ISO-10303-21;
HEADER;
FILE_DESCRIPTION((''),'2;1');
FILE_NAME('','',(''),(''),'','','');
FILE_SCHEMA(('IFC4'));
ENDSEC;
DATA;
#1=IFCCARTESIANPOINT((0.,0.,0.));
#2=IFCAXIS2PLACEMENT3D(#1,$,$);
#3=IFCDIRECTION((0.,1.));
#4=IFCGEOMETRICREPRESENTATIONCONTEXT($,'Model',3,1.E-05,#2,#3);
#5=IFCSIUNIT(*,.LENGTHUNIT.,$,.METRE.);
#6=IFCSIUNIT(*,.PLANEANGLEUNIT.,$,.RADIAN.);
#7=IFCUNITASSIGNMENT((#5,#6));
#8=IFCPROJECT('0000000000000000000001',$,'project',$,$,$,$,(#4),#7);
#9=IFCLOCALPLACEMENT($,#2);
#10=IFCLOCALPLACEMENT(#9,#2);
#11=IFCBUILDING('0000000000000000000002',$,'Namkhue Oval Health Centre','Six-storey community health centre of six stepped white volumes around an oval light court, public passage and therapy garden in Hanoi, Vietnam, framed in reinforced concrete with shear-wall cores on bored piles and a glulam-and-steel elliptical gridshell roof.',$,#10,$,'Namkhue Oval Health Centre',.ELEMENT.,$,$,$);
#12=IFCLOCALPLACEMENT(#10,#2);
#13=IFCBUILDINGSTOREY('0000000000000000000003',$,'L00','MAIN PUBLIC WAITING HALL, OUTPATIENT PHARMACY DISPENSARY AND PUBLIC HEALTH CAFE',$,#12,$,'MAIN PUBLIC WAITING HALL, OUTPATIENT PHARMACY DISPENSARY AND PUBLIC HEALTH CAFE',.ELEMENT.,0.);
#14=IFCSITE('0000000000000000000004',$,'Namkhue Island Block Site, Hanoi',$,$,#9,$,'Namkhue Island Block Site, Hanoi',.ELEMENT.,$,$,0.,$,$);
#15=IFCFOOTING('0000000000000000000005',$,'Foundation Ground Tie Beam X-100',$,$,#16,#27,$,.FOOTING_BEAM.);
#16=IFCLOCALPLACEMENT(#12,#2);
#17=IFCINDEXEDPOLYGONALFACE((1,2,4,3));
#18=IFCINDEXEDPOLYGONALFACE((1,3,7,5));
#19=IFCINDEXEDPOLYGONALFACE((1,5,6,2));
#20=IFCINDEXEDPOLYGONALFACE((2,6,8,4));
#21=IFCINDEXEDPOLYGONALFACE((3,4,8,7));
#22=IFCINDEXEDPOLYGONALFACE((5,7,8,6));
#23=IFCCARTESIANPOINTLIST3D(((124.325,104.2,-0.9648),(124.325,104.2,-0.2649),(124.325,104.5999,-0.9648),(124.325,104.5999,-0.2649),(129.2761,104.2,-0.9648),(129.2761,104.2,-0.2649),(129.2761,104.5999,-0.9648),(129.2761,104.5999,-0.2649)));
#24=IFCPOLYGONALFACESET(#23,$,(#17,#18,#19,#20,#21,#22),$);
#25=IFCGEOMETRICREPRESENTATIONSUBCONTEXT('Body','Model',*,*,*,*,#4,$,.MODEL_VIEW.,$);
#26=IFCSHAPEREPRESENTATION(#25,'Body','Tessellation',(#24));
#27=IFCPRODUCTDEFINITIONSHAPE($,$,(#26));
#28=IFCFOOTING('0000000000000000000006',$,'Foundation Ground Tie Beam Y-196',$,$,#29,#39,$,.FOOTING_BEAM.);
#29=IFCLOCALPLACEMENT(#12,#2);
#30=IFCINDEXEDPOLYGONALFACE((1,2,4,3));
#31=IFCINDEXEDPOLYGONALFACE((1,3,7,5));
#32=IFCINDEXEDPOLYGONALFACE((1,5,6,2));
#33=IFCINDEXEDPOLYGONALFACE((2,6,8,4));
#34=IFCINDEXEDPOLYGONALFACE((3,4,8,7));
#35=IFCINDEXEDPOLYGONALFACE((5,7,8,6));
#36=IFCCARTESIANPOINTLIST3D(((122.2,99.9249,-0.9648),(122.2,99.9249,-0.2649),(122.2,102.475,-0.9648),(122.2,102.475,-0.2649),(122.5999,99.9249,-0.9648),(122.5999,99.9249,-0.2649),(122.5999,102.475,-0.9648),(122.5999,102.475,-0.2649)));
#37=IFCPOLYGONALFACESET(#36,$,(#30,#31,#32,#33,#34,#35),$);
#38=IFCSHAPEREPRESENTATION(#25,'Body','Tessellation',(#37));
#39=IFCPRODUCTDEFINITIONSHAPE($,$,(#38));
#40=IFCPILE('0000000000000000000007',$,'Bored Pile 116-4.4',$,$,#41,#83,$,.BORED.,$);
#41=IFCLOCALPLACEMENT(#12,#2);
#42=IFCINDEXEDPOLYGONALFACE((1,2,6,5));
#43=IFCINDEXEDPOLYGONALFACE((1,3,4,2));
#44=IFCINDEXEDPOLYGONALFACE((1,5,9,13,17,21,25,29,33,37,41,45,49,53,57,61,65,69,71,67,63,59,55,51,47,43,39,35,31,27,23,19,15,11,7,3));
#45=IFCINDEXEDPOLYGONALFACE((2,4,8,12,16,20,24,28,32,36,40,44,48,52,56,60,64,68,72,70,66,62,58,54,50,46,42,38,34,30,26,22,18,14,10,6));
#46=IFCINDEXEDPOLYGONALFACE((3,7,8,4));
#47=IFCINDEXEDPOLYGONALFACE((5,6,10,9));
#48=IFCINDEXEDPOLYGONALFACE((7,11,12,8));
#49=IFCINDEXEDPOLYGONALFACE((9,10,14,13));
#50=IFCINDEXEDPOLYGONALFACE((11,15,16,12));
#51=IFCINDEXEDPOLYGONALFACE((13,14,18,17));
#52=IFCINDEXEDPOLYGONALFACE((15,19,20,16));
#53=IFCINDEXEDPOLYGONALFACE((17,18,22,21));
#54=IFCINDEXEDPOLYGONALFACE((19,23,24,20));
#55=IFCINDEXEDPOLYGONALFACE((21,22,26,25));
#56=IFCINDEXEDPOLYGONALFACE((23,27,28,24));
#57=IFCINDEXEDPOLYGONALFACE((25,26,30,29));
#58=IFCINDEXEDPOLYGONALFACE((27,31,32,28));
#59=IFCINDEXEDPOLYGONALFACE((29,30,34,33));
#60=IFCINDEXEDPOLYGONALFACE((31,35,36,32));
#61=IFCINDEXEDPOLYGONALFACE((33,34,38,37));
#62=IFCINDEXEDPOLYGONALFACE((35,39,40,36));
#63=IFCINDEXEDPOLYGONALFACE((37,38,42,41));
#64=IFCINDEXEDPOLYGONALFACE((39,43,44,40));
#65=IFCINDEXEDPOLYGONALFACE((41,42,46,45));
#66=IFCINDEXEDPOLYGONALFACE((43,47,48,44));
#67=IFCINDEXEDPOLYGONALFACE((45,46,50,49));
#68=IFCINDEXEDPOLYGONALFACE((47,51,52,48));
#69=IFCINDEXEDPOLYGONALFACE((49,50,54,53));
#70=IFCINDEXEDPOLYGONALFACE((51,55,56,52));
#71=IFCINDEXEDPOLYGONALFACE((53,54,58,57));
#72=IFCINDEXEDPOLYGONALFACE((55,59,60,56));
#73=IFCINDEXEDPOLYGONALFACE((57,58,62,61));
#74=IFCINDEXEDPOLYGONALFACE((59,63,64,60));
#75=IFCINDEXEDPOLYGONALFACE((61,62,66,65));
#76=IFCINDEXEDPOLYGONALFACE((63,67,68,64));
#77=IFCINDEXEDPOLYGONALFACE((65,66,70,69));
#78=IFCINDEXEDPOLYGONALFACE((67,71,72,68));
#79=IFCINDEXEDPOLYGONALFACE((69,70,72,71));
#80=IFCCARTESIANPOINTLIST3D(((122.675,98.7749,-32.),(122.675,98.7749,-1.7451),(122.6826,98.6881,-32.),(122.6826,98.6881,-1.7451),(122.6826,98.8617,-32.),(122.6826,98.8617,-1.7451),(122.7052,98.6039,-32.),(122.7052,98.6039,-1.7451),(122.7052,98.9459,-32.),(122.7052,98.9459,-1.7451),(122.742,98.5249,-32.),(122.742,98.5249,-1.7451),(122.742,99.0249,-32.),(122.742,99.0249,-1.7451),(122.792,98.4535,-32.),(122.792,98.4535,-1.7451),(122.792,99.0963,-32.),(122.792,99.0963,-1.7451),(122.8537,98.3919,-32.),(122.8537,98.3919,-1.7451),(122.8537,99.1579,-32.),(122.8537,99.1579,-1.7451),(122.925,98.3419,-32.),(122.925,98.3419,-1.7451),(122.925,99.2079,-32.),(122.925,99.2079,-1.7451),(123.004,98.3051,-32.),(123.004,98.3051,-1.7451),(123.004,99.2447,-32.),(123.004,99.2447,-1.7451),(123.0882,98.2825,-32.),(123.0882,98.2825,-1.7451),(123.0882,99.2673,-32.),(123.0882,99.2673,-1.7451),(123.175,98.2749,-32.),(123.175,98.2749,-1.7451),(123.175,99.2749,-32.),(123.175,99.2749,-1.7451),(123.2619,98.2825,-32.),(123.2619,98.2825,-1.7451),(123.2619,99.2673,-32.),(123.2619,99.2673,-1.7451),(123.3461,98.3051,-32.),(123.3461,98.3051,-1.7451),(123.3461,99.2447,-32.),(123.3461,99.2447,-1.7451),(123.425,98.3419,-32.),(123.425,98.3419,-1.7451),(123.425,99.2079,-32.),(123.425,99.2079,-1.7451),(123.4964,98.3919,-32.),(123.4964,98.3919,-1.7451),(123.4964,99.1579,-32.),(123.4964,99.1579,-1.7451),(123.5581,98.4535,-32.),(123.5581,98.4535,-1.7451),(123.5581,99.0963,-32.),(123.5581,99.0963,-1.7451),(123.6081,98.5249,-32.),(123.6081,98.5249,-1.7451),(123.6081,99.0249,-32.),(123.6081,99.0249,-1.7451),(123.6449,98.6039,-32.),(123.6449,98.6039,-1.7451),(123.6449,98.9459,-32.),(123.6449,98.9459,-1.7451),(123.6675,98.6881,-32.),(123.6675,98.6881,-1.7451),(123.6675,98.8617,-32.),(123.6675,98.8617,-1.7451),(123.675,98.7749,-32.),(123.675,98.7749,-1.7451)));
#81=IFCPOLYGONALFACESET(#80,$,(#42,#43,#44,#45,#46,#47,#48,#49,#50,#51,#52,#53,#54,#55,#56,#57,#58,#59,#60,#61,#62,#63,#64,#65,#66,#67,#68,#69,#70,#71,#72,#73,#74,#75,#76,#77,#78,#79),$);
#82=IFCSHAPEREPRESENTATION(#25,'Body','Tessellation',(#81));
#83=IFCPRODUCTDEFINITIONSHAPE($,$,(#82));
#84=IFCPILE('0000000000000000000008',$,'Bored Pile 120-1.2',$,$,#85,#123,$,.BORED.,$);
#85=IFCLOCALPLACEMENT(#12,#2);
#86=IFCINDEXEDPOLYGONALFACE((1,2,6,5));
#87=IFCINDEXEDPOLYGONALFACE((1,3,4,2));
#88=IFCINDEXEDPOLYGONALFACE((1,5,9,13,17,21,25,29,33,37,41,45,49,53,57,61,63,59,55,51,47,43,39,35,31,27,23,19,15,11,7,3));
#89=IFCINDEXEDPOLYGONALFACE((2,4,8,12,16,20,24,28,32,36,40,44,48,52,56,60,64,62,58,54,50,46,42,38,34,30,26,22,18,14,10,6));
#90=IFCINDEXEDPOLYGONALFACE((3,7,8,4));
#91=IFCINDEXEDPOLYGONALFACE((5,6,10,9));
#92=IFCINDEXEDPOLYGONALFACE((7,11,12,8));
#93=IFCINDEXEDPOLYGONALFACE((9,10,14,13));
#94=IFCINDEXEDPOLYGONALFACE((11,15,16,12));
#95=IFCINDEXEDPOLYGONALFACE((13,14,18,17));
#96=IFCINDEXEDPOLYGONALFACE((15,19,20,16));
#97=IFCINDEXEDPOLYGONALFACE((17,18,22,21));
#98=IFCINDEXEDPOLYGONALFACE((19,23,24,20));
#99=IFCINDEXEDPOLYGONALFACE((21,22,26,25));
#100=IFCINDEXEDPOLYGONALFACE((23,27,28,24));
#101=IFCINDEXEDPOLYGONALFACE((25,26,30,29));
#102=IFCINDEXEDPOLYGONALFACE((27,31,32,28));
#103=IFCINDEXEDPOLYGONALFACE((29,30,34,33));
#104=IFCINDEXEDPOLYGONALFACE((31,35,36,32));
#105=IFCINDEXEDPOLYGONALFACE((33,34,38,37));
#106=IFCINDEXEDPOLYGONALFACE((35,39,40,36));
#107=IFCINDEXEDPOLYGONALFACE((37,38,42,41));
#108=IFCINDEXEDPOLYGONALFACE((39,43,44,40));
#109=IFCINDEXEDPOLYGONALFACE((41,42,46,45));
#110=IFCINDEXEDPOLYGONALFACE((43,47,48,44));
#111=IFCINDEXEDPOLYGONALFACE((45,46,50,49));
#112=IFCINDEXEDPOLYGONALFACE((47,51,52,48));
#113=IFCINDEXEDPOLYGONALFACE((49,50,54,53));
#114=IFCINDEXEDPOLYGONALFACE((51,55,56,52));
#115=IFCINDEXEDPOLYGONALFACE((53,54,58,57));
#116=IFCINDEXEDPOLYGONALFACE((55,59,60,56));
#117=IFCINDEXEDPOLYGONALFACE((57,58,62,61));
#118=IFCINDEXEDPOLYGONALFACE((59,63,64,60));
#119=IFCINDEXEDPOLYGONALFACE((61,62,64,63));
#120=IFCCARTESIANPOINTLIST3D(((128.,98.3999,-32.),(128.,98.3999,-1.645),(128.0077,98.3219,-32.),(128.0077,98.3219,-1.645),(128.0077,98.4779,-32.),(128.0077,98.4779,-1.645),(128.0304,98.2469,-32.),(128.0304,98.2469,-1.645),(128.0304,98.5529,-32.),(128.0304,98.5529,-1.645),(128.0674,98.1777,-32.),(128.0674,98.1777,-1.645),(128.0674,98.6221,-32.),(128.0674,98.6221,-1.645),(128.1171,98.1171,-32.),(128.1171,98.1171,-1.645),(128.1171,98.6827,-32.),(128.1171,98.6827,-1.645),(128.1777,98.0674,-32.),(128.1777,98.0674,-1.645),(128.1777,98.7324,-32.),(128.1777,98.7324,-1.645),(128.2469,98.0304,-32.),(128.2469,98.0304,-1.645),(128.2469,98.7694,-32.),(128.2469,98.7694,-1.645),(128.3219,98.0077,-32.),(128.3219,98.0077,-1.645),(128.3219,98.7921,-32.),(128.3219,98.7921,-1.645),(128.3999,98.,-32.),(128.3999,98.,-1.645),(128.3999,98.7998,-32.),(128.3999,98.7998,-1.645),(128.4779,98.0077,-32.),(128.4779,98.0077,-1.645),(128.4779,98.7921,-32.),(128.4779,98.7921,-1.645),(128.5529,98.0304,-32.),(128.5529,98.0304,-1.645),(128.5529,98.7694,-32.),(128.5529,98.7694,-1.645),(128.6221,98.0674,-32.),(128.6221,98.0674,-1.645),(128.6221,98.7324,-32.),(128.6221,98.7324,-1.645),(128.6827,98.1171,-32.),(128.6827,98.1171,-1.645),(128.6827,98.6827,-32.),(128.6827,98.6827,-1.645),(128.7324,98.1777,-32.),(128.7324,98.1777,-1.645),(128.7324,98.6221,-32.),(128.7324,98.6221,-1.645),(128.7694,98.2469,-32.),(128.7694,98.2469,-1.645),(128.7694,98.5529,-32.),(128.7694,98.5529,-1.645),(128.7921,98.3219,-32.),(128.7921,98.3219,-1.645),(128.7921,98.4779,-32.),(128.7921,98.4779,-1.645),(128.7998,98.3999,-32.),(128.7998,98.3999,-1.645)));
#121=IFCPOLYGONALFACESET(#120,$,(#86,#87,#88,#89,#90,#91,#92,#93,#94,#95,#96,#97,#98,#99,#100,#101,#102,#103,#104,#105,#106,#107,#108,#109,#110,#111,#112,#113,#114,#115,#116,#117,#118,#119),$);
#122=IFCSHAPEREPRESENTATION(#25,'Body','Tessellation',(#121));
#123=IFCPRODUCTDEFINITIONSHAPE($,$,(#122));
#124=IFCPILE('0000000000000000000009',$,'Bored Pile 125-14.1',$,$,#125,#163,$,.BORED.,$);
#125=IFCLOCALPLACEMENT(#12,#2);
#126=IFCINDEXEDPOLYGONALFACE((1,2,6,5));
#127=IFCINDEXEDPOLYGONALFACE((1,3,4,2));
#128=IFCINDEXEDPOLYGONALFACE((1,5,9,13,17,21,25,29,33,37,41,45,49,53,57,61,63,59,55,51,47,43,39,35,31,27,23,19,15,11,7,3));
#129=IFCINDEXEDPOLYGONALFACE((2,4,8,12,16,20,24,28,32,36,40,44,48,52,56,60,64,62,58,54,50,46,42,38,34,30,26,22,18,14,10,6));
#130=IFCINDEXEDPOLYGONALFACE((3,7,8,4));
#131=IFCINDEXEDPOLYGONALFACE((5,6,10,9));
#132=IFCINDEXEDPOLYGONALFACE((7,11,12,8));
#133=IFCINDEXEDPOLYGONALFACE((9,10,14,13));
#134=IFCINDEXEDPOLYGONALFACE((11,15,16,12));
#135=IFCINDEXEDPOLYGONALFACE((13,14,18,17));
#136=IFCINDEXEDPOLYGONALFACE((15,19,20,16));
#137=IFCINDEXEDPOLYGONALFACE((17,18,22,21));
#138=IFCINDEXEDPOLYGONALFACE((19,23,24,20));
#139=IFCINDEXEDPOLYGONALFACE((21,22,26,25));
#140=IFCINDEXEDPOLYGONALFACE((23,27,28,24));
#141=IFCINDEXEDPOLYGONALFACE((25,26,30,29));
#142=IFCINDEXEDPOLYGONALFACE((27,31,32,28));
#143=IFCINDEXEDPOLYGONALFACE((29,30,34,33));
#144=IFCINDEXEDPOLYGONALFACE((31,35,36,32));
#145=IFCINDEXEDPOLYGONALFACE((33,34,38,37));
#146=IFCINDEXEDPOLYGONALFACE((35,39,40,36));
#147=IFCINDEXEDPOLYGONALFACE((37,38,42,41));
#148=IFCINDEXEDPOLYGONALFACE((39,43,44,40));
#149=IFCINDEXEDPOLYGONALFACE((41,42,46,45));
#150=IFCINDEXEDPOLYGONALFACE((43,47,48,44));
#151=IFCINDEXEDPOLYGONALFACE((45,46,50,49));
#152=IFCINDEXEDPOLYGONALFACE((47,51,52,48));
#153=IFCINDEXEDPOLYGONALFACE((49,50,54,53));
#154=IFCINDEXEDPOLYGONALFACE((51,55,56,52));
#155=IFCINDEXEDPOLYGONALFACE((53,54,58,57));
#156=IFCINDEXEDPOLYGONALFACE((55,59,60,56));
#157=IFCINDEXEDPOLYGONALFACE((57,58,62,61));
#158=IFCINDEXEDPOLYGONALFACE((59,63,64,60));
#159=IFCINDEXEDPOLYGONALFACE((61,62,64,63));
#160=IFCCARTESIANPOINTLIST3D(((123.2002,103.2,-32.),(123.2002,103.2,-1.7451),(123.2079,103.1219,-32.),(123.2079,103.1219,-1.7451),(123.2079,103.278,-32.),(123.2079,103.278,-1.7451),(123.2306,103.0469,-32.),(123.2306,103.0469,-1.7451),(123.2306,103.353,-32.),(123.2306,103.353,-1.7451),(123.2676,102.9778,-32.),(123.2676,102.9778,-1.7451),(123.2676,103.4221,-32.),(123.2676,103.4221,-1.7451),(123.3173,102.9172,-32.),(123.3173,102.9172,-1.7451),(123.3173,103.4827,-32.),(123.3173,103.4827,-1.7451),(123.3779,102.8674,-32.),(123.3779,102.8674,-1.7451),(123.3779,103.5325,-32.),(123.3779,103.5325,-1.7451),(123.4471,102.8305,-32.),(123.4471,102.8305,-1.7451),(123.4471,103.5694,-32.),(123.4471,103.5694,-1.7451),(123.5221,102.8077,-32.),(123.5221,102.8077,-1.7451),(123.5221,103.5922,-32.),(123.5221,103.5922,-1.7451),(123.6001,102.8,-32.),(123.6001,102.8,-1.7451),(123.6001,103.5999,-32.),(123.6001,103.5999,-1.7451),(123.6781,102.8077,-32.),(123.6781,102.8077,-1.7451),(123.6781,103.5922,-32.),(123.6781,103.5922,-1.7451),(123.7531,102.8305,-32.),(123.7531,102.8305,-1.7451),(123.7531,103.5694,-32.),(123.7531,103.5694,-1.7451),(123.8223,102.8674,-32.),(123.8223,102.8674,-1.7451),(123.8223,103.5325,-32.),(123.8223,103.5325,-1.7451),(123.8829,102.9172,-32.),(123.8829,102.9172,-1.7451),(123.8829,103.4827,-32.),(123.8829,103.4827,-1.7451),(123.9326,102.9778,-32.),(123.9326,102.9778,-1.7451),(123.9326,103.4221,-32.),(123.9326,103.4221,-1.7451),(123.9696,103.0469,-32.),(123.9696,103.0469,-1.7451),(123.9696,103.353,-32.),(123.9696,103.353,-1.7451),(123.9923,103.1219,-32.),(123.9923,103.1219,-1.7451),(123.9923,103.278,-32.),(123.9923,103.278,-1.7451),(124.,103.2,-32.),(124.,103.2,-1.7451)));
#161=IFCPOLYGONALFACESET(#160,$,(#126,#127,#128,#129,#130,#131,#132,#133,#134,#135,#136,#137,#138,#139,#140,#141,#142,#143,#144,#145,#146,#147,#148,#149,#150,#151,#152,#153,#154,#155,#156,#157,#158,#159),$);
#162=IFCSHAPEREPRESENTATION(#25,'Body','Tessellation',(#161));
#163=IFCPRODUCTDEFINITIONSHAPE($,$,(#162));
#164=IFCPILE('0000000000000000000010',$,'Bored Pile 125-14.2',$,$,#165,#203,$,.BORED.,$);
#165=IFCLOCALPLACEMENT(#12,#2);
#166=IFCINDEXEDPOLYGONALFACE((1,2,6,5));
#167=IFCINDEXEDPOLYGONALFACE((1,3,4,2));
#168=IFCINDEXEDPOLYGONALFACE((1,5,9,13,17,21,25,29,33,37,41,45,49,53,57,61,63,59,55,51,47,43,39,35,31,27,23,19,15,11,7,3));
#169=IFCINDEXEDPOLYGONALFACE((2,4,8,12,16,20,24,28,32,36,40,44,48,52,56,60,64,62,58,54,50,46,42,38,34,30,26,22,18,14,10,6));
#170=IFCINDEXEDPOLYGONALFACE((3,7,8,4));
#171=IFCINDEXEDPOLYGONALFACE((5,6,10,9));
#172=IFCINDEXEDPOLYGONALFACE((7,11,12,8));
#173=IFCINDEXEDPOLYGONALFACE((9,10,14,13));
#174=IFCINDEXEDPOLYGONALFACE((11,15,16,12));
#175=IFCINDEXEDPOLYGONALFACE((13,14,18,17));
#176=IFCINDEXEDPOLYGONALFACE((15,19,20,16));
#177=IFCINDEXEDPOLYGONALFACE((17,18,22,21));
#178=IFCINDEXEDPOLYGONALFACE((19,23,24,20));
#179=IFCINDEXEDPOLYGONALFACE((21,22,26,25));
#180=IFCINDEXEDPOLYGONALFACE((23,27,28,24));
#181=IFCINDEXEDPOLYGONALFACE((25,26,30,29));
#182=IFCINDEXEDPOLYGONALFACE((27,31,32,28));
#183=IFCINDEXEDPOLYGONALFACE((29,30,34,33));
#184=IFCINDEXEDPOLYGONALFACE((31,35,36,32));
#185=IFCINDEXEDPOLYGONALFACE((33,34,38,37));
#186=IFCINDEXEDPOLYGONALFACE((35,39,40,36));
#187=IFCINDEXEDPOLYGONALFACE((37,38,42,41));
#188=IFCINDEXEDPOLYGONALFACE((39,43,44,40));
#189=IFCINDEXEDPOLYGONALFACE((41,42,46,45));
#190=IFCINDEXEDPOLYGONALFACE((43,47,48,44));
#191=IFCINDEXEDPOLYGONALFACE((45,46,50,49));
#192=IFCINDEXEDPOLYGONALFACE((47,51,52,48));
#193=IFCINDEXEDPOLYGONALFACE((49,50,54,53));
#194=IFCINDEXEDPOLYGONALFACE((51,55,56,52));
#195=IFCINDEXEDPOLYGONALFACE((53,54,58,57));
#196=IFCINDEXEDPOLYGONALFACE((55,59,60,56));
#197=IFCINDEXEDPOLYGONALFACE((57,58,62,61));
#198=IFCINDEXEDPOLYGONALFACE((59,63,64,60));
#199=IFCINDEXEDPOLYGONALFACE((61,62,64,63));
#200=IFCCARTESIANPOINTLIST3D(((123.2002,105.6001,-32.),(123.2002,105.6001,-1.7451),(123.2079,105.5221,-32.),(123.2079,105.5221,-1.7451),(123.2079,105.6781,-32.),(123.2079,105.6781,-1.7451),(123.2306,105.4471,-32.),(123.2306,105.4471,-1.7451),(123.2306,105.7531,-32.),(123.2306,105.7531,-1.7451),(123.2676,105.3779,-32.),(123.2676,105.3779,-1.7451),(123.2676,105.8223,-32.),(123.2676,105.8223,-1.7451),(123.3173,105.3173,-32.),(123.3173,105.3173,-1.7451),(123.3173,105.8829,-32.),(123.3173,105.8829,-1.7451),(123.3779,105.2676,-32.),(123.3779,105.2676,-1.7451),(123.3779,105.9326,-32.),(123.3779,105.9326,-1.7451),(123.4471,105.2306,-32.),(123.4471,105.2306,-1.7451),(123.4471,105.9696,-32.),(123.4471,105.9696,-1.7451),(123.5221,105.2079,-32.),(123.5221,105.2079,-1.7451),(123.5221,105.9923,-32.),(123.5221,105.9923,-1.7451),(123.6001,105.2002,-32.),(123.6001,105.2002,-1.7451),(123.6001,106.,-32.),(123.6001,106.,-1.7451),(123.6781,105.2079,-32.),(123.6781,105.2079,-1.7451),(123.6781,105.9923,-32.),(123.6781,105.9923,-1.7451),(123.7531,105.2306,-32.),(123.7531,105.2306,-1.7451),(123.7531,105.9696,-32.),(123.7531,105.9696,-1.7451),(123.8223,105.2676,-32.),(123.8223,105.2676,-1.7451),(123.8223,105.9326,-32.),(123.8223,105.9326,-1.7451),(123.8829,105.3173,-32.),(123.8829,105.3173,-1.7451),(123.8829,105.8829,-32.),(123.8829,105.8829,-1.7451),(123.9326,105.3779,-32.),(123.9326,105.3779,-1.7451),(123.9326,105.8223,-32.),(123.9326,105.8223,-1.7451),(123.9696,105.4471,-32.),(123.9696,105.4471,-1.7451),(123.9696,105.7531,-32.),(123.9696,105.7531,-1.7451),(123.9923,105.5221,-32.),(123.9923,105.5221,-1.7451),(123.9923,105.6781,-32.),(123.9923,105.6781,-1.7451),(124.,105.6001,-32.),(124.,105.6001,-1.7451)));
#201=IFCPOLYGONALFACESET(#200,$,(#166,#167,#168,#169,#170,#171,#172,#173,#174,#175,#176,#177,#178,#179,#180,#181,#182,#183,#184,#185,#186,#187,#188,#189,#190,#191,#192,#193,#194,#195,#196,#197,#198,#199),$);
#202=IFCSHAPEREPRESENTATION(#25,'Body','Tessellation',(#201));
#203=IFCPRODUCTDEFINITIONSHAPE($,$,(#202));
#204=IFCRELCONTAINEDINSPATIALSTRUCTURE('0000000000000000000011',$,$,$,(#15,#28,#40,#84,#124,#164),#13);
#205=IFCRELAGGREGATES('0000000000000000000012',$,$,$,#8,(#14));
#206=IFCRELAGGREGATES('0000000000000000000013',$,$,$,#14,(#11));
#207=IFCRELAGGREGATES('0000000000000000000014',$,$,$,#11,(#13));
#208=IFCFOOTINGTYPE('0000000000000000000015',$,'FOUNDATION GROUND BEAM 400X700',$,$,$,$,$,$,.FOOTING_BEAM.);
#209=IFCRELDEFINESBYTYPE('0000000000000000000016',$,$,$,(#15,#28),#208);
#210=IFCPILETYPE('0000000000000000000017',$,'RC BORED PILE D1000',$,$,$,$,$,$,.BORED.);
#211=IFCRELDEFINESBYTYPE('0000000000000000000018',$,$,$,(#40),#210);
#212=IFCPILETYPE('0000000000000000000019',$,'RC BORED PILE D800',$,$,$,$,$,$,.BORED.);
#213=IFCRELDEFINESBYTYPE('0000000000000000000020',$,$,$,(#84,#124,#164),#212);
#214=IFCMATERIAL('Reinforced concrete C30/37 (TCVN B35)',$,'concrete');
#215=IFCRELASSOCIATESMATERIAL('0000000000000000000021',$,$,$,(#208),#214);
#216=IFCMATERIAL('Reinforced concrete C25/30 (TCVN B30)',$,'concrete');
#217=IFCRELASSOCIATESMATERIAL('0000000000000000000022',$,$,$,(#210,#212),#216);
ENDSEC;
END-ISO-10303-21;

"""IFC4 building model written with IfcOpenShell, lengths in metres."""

from ifc_helpers import new_model, si_unit, direction, frame, origin, origin_2d, place, context, subcontext, project, spatial, rectangle, circle, extrude, material, material_profile, profile_set, type_object, element, save


model = new_model("IFC4")

# Units and contexts
model_context = context("Model", 3, precision=1e-05, world=origin(), true_north=direction((0.0, 1.0)))
body_context = subcontext(model_context, "Body", "Model", "MODEL_VIEW")
ifc_project = project(units=[si_unit("LENGTHUNIT", "METRE"), si_unit("PLANEANGLEUNIT", "RADIAN")], contexts=[model_context])

# Site, building, storey
site_placement = place(None, origin())
site = spatial("IfcSite", under=ifc_project, at=site_placement, Name="Namkhue Island Block Site, Hanoi", LongName="Namkhue Island Block Site, Hanoi", CompositionType="ELEMENT", RefElevation=0.0)
building_placement = place(site_placement, origin())
building = spatial("IfcBuilding", under=site, at=building_placement, Name="Namkhue Oval Health Centre", Description="Six-storey community health centre of six stepped white volumes around an oval light court, public passage and therapy garden in Hanoi, Vietnam, framed in reinforced concrete with shear-wall cores on bored piles and a glulam-and-steel elliptical gridshell roof.", LongName="Namkhue Oval Health Centre", CompositionType="ELEMENT")
storey_placement = place(building_placement, origin())
storey = spatial("IfcBuildingStorey", under=building, at=storey_placement, Name="L00", Description="MAIN PUBLIC WAITING HALL, OUTPATIENT PHARMACY DISPENSARY AND PUBLIC HEALTH CAFE", LongName="MAIN PUBLIC WAITING HALL, OUTPATIENT PHARMACY DISPENSARY AND PUBLIC HEALTH CAFE", CompositionType="ELEMENT", Elevation=0.0)

# Footings
ifc_material_1 = material(Name="Reinforced concrete C30/37 (TCVN B35)", Category="concrete")
footing_type = type_object("IfcFootingType", Name="FOUNDATION GROUND BEAM 400X700", PredefinedType="FOOTING_BEAM", material=ifc_material_1)
footing_1_placement = place(storey_placement, frame((126.8005, 104.3999, -0.9648), z_axis=(0.0, 0.0, 1.0), x_axis=(1.0, 0.0, 0.0)))
element("IfcFooting", 1, at=footing_1_placement, inside=storey, type_object=footing_type, Name="Foundation Ground Tie Beam X-100", PredefinedType="FOOTING_BEAM", context=body_context, shape_type="SweptSolid", body=[
    extrude(rectangle(XDim=4.9512, YDim=0.3999, at=origin_2d()), origin(), (0.0, 0.0, 1.0), 0.7),
])
footing_2_placement = place(storey_placement, frame((122.3999, 101.2, -0.9648), z_axis=(0.0, 0.0, 1.0), x_axis=(0.0, 1.0, 0.0)))
element("IfcFooting", 2, at=footing_2_placement, inside=storey, type_object=footing_type, Name="Foundation Ground Tie Beam Y-196", PredefinedType="FOOTING_BEAM", context=body_context, shape_type="SweptSolid", body=[
    extrude(rectangle(XDim=2.55, YDim=0.3999, at=origin_2d()), origin(), (0.0, 0.0, 1.0), 0.7),
])

# Piles
ifc_material_2 = material(Name="Reinforced concrete C25/30 (TCVN B30)", Category="concrete")
ifc_material_profile_1 = material_profile(ifc_material_2, circle(Radius=0.5, at=origin_2d()), Name="BORED PILE D1000")
ifc_profile_set_1 = profile_set([ifc_material_profile_1], Name="Reinforced concrete C25/30 (TCVN B30)")
pile_type_1 = type_object("IfcPileType", Name="RC BORED PILE D1000", PredefinedType="BORED", material=ifc_profile_set_1)
pile_1_placement = place(storey_placement, frame((123.175, 98.7749, -1.7451), z_axis=(0.0, 0.0, -1.0), x_axis=(1.0, 0.0, 0.0)))
element("IfcPile", 3, at=pile_1_placement, inside=storey, type_object=pile_type_1, Name="Bored Pile 116-4.4", PredefinedType="BORED", context=body_context, shape_type="SweptSolid", body=[
    extrude(circle(Radius=0.5, at=origin_2d()), origin(), (0.0, 0.0, 1.0), 30.2549),
])
ifc_material_profile_2 = material_profile(ifc_material_2, circle(Radius=0.3999, at=origin_2d()), Name="BORED PILE D800")
ifc_profile_set_2 = profile_set([ifc_material_profile_2], Name="Reinforced concrete C25/30 (TCVN B30)")
pile_type_2 = type_object("IfcPileType", Name="RC BORED PILE D800", PredefinedType="BORED", material=ifc_profile_set_2)
pile_2_placement = place(storey_placement, frame((128.3999, 98.3999, -1.645), z_axis=(0.0, 0.0, -1.0), x_axis=(1.0, 0.0, 0.0)))
element("IfcPile", 4, at=pile_2_placement, inside=storey, type_object=pile_type_2, Name="Bored Pile 120-1.2", PredefinedType="BORED", context=body_context, shape_type="SweptSolid", body=[
    extrude(circle(Radius=0.3999, at=origin_2d()), origin(), (0.0, 0.0, 1.0), 30.355),
])
for number, where, z_axis, x_axis, name in (
    (5, (123.6001, 103.2, -1.7451), (0.0, 0.0, -1.0), (1.0, 0.0, 0.0), "Bored Pile 125-14.1"),
    (6, (123.6001, 105.6001, -1.7451), (0.0, 0.0, -1.0), (1.0, 0.0, 0.0), "Bored Pile 125-14.2"),
):
    element("IfcPile", number, at=place(storey_placement, frame(where, z_axis=z_axis, x_axis=x_axis)), inside=storey, type_object=pile_type_2, Name=name, PredefinedType="BORED", context=body_context, shape_type="SweptSolid", body=[
        extrude(circle(Radius=0.3999, at=origin_2d()), origin(), (0.0, 0.0, 1.0), 30.2549),
    ])

save(model, "model.ifc")
